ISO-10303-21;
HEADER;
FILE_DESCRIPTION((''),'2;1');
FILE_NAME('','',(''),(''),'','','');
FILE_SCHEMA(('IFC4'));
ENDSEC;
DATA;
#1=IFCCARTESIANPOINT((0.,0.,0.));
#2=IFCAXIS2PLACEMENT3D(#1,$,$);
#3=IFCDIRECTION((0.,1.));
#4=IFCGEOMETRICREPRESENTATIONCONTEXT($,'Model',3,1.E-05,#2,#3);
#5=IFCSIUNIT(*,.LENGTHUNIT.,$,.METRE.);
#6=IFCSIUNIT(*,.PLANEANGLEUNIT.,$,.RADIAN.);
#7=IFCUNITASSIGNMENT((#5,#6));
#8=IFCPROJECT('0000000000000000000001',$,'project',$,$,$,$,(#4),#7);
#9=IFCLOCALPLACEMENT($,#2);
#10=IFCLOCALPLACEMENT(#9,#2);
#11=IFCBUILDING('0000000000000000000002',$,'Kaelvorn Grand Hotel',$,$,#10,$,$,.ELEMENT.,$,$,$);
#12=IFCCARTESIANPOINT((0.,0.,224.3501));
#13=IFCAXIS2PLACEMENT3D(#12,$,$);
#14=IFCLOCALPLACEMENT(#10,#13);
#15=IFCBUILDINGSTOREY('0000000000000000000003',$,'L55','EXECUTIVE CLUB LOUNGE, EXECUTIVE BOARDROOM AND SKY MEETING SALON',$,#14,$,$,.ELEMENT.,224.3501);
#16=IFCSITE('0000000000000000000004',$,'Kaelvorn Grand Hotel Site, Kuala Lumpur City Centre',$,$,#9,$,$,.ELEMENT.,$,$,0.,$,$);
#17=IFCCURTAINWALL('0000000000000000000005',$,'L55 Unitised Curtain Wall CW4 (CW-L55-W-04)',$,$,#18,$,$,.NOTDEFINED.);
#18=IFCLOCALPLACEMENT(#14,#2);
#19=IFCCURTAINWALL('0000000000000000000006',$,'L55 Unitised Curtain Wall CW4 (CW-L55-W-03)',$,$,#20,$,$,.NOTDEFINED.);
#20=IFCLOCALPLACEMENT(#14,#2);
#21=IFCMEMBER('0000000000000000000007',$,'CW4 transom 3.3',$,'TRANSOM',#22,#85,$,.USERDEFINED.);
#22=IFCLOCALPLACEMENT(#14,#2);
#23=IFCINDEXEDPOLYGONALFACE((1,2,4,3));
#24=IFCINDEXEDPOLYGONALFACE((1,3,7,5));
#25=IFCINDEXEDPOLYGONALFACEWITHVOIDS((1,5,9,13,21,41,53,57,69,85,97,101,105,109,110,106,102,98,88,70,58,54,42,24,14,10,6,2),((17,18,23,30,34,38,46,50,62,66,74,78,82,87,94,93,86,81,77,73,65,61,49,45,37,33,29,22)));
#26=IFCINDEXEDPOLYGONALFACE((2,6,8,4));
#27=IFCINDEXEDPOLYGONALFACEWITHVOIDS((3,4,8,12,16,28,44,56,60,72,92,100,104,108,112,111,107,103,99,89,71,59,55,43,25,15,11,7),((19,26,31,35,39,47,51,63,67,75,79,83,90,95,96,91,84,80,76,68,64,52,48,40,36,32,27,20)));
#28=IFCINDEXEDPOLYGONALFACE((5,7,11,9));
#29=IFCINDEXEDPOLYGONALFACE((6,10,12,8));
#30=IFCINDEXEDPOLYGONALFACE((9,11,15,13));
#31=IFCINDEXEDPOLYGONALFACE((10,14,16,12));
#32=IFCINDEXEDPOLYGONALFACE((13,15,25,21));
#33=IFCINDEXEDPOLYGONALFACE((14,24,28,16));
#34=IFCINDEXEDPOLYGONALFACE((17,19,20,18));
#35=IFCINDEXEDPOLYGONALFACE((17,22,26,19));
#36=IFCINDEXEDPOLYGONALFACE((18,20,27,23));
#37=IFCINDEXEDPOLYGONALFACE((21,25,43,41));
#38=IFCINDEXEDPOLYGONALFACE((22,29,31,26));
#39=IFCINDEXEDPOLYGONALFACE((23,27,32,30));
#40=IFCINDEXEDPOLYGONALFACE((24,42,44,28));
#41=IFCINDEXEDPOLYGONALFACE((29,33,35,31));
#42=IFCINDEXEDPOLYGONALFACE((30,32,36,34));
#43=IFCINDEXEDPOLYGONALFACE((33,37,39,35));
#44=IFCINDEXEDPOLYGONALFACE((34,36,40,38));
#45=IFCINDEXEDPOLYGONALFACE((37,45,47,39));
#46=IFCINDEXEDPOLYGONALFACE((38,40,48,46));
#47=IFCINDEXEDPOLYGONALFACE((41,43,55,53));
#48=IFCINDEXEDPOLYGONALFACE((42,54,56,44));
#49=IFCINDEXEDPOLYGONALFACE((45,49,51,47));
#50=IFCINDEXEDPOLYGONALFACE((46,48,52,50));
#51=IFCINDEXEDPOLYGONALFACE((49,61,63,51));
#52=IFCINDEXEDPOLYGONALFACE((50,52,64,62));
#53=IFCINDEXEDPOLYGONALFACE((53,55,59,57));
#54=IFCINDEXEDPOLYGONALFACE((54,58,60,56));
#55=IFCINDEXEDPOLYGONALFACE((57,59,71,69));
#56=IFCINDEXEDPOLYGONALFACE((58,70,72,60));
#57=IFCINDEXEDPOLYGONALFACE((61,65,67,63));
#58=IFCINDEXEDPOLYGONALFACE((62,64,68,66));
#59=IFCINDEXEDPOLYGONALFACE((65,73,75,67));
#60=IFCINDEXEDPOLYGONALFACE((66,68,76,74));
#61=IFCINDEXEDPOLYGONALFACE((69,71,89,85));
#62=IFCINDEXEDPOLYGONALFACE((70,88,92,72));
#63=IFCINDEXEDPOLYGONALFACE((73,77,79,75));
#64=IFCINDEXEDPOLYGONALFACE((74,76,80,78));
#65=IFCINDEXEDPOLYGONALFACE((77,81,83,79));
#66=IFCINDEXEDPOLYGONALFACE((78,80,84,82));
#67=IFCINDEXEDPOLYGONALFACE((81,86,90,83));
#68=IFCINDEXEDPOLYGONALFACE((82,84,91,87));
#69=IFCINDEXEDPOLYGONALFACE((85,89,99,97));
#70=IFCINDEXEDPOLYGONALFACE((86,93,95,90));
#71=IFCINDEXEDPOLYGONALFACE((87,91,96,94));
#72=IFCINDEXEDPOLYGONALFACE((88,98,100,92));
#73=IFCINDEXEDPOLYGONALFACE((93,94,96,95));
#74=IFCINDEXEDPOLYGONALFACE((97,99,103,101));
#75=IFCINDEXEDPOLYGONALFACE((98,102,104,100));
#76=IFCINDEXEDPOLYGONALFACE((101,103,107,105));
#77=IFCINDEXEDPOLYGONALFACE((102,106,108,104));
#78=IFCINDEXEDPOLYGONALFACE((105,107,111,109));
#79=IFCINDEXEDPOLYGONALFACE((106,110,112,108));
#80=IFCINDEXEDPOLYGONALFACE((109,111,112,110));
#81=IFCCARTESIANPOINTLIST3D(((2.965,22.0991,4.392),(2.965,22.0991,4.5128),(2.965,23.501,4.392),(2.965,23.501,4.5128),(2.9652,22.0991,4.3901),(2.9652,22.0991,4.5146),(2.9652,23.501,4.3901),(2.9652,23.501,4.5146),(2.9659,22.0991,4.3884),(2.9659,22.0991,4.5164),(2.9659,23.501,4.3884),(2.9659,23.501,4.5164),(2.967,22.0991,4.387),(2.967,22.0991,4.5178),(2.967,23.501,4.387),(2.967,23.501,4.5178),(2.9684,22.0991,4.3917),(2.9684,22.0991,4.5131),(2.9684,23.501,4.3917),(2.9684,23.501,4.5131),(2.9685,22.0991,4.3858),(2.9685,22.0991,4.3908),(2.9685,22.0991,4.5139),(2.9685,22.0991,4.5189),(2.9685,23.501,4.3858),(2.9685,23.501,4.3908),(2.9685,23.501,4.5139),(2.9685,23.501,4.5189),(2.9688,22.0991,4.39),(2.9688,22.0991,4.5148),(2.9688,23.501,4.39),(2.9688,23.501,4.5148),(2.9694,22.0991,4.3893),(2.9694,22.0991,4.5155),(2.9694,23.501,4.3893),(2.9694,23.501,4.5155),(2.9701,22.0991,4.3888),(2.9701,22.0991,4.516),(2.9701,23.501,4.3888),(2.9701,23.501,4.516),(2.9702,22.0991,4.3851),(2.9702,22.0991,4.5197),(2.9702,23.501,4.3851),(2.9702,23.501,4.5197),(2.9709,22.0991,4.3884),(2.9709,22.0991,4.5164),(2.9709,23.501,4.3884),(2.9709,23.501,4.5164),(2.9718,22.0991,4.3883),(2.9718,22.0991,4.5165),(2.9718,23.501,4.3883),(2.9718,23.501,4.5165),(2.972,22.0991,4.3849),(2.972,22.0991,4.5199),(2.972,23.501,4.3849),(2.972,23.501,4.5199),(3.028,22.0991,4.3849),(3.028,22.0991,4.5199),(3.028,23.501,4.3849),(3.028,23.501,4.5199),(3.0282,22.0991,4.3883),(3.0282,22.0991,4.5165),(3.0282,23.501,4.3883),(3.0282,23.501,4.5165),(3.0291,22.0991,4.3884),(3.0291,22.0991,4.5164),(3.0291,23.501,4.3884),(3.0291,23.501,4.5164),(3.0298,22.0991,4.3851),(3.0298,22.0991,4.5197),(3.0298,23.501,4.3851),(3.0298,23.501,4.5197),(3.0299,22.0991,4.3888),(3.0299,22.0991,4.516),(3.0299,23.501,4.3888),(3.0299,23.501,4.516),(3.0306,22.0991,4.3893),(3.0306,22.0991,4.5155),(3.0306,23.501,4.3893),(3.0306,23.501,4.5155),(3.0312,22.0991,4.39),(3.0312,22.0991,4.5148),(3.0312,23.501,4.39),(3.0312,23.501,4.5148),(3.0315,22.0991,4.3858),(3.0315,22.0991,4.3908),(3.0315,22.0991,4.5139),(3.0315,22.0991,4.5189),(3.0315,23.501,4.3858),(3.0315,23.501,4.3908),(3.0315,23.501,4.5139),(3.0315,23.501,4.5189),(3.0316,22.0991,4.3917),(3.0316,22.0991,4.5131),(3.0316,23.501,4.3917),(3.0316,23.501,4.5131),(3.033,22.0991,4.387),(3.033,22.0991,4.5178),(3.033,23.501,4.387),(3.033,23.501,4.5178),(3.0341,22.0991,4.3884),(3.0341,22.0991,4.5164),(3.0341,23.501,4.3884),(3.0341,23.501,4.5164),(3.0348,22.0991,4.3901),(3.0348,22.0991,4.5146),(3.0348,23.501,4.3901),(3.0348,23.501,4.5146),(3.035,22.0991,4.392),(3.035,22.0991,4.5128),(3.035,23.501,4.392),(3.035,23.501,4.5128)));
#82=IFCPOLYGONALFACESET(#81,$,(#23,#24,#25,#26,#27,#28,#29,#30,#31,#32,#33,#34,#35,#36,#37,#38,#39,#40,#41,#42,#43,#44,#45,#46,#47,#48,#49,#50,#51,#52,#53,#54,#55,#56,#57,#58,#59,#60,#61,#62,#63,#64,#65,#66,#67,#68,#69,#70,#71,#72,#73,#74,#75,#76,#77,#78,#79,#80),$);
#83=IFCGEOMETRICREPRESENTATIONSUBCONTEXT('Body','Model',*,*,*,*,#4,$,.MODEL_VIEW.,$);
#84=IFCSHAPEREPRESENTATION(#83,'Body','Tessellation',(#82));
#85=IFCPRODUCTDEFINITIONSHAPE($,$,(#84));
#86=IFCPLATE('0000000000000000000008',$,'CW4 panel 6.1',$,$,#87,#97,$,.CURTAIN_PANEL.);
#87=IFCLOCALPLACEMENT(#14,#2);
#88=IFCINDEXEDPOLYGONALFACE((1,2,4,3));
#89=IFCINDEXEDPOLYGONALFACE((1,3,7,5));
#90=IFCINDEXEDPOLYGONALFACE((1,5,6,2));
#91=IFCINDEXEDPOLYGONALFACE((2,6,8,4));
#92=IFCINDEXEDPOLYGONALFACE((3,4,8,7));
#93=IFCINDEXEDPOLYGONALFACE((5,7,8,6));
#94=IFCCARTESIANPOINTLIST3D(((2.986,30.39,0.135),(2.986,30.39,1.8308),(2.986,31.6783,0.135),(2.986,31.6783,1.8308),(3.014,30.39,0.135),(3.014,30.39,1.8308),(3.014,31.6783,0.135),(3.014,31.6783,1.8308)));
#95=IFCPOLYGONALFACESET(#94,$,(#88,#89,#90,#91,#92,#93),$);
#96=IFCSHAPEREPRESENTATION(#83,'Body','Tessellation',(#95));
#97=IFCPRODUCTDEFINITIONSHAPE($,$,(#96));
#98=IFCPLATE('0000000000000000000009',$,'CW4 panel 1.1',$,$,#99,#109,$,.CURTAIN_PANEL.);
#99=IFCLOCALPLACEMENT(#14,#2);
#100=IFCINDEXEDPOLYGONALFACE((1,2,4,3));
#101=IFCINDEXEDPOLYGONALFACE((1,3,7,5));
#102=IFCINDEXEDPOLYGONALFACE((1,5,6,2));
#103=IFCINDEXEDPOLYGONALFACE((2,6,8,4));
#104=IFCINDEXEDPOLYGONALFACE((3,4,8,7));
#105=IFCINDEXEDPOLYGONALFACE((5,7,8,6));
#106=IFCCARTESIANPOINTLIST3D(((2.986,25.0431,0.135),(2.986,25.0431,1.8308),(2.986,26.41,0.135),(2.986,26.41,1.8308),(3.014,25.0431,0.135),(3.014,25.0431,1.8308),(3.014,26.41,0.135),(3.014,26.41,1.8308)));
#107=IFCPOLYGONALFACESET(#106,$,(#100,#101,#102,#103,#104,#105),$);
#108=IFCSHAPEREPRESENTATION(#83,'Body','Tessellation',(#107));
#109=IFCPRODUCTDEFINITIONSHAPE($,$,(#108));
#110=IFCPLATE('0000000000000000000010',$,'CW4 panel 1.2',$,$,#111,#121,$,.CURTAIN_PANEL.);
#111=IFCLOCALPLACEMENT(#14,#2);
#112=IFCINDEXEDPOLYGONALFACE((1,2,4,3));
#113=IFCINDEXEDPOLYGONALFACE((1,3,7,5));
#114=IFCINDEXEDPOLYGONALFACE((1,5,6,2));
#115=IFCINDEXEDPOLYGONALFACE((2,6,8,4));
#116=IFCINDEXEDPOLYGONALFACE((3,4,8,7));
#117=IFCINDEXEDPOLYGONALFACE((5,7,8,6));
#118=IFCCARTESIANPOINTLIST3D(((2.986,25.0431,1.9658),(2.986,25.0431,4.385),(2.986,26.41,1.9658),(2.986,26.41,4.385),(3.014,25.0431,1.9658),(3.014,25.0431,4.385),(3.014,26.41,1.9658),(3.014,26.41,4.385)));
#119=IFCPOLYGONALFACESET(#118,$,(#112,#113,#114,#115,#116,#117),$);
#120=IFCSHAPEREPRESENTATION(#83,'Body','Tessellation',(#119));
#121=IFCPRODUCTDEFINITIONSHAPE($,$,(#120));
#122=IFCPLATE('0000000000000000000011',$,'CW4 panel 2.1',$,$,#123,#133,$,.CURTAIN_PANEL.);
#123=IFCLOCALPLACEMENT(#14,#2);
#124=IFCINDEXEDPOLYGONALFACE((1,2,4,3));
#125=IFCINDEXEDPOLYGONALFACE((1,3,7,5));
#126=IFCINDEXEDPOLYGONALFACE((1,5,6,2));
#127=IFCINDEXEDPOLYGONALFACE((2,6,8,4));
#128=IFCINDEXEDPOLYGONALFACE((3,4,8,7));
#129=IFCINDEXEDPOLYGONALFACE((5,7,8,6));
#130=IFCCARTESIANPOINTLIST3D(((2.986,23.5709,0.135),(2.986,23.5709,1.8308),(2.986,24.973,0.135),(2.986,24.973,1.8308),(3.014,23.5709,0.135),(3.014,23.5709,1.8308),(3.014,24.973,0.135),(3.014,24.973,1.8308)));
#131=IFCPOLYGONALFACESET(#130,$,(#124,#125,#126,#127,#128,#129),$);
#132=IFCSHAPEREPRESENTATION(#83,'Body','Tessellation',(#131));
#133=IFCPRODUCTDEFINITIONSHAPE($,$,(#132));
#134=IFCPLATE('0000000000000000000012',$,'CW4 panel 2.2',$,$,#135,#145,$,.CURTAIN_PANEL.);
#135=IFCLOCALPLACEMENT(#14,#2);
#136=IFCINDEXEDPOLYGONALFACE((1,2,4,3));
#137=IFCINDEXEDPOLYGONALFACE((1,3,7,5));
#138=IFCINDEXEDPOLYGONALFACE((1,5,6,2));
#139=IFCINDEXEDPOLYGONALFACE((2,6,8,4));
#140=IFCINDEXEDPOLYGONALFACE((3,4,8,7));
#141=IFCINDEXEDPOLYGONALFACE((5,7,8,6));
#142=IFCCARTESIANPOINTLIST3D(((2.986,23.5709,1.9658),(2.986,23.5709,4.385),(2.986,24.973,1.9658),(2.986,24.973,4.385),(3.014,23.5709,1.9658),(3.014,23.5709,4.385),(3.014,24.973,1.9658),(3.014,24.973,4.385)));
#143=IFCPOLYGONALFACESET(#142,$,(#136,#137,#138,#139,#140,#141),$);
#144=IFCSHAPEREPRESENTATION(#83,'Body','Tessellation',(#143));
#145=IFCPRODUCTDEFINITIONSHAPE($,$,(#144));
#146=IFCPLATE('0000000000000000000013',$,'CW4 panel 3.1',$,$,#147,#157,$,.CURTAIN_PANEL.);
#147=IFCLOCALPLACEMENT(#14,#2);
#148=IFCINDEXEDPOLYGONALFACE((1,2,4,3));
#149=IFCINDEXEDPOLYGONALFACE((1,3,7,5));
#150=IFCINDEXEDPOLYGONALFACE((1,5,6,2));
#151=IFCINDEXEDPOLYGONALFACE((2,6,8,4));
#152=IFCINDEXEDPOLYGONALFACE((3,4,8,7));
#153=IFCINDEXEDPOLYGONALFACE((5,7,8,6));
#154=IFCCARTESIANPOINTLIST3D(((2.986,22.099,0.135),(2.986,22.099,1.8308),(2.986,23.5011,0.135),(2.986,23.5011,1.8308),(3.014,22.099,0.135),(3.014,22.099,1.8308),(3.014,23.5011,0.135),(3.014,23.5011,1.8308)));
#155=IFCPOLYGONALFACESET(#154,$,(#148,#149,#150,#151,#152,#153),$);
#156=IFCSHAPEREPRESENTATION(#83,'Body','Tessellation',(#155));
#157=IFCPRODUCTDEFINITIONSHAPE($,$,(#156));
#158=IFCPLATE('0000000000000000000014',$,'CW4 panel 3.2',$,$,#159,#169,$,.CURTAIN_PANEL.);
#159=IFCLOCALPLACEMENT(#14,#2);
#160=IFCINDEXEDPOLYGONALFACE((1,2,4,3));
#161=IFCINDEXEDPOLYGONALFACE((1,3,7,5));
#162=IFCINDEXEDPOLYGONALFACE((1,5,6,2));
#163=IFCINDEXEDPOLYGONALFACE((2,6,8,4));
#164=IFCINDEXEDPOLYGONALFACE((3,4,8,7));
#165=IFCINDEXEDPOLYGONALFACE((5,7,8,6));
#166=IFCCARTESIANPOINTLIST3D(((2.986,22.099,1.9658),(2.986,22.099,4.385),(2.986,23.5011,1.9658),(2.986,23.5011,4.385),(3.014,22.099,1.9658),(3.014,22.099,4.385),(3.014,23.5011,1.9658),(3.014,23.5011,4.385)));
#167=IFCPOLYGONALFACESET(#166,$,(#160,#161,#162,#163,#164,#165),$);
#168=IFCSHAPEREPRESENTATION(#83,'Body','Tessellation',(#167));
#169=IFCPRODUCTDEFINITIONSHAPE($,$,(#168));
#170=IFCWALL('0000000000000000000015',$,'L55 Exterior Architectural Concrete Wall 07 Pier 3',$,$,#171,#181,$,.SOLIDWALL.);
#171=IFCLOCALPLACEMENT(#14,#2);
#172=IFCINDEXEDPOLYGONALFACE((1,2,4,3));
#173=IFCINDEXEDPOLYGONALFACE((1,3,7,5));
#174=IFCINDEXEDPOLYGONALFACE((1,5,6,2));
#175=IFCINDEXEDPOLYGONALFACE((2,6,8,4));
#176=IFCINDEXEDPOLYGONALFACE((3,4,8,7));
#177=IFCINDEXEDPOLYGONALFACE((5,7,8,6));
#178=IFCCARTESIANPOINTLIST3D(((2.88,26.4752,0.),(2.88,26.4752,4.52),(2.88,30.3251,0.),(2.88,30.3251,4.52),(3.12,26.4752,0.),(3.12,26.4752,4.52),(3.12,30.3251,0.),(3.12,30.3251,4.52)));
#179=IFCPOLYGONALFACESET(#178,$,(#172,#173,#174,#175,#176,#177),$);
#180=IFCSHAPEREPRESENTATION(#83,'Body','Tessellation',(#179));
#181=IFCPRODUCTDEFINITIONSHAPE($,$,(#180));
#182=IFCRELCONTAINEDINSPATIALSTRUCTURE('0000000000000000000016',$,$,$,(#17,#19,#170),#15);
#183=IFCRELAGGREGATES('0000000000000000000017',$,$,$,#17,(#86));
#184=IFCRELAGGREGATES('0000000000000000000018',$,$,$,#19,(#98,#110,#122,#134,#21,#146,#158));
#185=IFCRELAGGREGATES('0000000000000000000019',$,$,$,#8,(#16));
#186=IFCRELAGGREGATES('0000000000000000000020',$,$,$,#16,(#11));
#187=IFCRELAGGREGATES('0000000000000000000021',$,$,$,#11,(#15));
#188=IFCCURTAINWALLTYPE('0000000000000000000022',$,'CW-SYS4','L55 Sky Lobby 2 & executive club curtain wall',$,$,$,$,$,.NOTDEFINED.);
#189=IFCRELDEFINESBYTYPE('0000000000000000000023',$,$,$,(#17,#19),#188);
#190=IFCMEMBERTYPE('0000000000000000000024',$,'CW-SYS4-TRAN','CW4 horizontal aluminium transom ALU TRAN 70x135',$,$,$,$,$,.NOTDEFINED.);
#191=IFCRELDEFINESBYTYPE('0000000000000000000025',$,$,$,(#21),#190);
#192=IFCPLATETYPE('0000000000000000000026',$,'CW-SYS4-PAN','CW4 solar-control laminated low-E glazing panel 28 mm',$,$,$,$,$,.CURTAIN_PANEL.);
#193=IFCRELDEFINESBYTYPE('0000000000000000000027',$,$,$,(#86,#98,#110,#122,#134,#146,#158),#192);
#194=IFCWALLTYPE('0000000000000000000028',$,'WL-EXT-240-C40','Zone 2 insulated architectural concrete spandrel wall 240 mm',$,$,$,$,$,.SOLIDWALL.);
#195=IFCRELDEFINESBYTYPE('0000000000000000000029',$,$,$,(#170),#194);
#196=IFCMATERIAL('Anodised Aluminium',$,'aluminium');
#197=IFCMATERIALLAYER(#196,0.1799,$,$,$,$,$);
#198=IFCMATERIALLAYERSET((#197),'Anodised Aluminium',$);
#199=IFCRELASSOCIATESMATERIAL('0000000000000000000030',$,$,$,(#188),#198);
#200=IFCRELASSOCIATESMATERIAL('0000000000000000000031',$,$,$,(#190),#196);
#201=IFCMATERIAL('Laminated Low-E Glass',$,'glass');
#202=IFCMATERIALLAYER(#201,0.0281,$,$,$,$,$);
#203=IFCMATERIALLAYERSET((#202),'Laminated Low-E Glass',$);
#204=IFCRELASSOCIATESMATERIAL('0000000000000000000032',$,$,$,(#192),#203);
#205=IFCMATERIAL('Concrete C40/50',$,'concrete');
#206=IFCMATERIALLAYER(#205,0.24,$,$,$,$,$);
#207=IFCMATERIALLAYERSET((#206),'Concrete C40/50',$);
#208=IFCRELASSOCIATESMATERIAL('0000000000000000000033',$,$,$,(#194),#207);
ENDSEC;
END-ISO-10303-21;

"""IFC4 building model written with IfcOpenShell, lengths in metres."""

from ifc_helpers import new_model, si_unit, direction, frame, frame_2d, origin, origin_2d, place, context, subcontext, project, spatial, rectangle, hollow_rectangle, extrude, material, layer, layer_set, material_profile, profile_set, type_object, element, aggregate, save


model = new_model("IFC4")

# Units and contexts
model_context = context("Model", 3, precision=1e-05, world=origin(), true_north=direction((0.0, 1.0)))
body_context = subcontext(model_context, "Body", "Model", "MODEL_VIEW")
ifc_project = project(units=[si_unit("LENGTHUNIT", "METRE"), si_unit("PLANEANGLEUNIT", "RADIAN")], contexts=[model_context])

# Site, building, storey
site_placement = place(None, origin())
site = spatial("IfcSite", under=ifc_project, at=site_placement, Name="Kaelvorn Grand Hotel Site, Kuala Lumpur City Centre", CompositionType="ELEMENT", RefElevation=0.0)
building_placement = place(site_placement, origin())
building = spatial("IfcBuilding", under=site, at=building_placement, Name="Kaelvorn Grand Hotel", CompositionType="ELEMENT")
storey_placement = place(building_placement, frame((0.0, 0.0, 224.3501)))
storey = spatial("IfcBuildingStorey", under=building, at=storey_placement, Name="L55", Description="EXECUTIVE CLUB LOUNGE, EXECUTIVE BOARDROOM AND SKY MEETING SALON", CompositionType="ELEMENT", Elevation=224.3501)

# Curtain wall
ifc_material_1 = material(Name="Anodised Aluminium", Category="aluminium")
ifc_layer_1 = layer(ifc_material_1, 0.1799)
ifc_layer_set_1 = layer_set([ifc_layer_1], Name="Anodised Aluminium")
curtain_wall_type = type_object("IfcCurtainWallType", Name="CW-SYS4", Description="L55 Sky Lobby 2 & executive club curtain wall", PredefinedType="NOTDEFINED", material=ifc_layer_set_1)
curtain_wall_1_placement = place(storey_placement, origin())
curtain_wall_1 = element("IfcCurtainWall", 1, at=curtain_wall_1_placement, inside=storey, type_object=curtain_wall_type, Name="L55 Unitised Curtain Wall CW4 (CW-L55-W-04)", PredefinedType="NOTDEFINED")

# Curtain wall, member
curtain_wall_2_placement = place(storey_placement, origin())
curtain_wall_2 = element("IfcCurtainWall", 2, at=curtain_wall_2_placement, inside=storey, type_object=curtain_wall_type, Name="L55 Unitised Curtain Wall CW4 (CW-L55-W-03)", PredefinedType="NOTDEFINED")
ifc_material_profile_1 = material_profile(ifc_material_1, hollow_rectangle(XDim=0.0701, YDim=0.135, WallThickness=0.0034, InnerFilletRadius=0.0034, OuterFilletRadius=0.0071, at=origin_2d()), Name="ALU TRAN 70x135")
ifc_profile_set_1 = profile_set([ifc_material_profile_1], Name="Anodised Aluminium")
member_type_1 = type_object("IfcMemberType", Name="CW-SYS4-TRAN", Description="CW4 horizontal aluminium transom ALU TRAN 70x135", PredefinedType="NOTDEFINED", material=ifc_profile_set_1)
member_1_placement = place(storey_placement, frame((3.0, 23.501, 4.4524), z_axis=(0.0, -1.0, 0.0), x_axis=(1.0, 0.0, 0.0)))
member_1 = element("IfcMember", 3, at=member_1_placement, type_object=member_type_1, Name="CW4 transom 3.3", ObjectType="TRANSOM", PredefinedType="USERDEFINED", context=body_context, shape_type="SweptSolid", body=[
    extrude(hollow_rectangle(XDim=0.0701, YDim=0.135, WallThickness=0.0034, InnerFilletRadius=0.0034, OuterFilletRadius=0.0071, at=origin_2d()), origin(), (0.0, 0.0, 1.0), 1.4019),
])

# Plates
ifc_material_2 = material(Name="Laminated Low-E Glass", Category="glass")
ifc_layer_2 = layer(ifc_material_2, 0.0281)
ifc_layer_set_2 = layer_set([ifc_layer_2], Name="Laminated Low-E Glass")
plate_type = type_object("IfcPlateType", Name="CW-SYS4-PAN", Description="CW4 solar-control laminated low-E glazing panel 28 mm", PredefinedType="CURTAIN_PANEL", material=ifc_layer_set_2)
plate_1_placement = place(storey_placement, frame((3.0, 31.0342, 0.135), z_axis=(0.0, 0.0, 1.0), x_axis=(0.0, -1.0, 0.0)))
plate_1 = element("IfcPlate", 4, at=plate_1_placement, type_object=plate_type, Name="CW4 panel 6.1", PredefinedType="CURTAIN_PANEL", context=body_context, shape_type="SweptSolid", body=[
    extrude(rectangle(XDim=1.2883, YDim=0.0281, at=origin_2d()), origin(), (0.0, 0.0, 1.0), 1.6958),
])
aggregate(curtain_wall_1, [plate_1])
plate_2_placement = place(storey_placement, frame((3.0, 25.7266, 0.135), z_axis=(0.0, 0.0, 1.0), x_axis=(0.0, -1.0, 0.0)))
plate_2 = element("IfcPlate", 5, at=plate_2_placement, type_object=plate_type, Name="CW4 panel 1.1", PredefinedType="CURTAIN_PANEL", context=body_context, shape_type="SweptSolid", body=[
    extrude(rectangle(XDim=1.3669, YDim=0.0281, at=origin_2d()), origin(), (0.0, 0.0, 1.0), 1.6958),
])
plate_3_placement = place(storey_placement, frame((3.0, 25.7266, 1.9658), z_axis=(0.0, 0.0, 1.0), x_axis=(0.0, -1.0, 0.0)))
plate_3 = element("IfcPlate", 6, at=plate_3_placement, type_object=plate_type, Name="CW4 panel 1.2", PredefinedType="CURTAIN_PANEL", context=body_context, shape_type="SweptSolid", body=[
    extrude(rectangle(XDim=1.3669, YDim=0.0281, at=origin_2d()), origin(), (0.0, 0.0, 1.0), 2.4192),
])
plate_4_placement = place(storey_placement, frame((3.0, 24.272, 0.135), z_axis=(0.0, 0.0, 1.0), x_axis=(0.0, -1.0, 0.0)))
plate_4 = element("IfcPlate", 7, at=plate_4_placement, type_object=plate_type, Name="CW4 panel 2.1", PredefinedType="CURTAIN_PANEL", context=body_context, shape_type="SweptSolid", body=[
    extrude(rectangle(XDim=1.4021, YDim=0.0281, at=origin_2d()), origin(), (0.0, 0.0, 1.0), 1.6958),
])
plate_5_placement = place(storey_placement, frame((3.0, 24.272, 1.9658), z_axis=(0.0, 0.0, 1.0), x_axis=(0.0, -1.0, 0.0)))
plate_5 = element("IfcPlate", 8, at=plate_5_placement, type_object=plate_type, Name="CW4 panel 2.2", PredefinedType="CURTAIN_PANEL", context=body_context, shape_type="SweptSolid", body=[
    extrude(rectangle(XDim=1.4021, YDim=0.0281, at=origin_2d()), origin(), (0.0, 0.0, 1.0), 2.4192),
])
plate_6_placement = place(storey_placement, frame((3.0, 22.8, 0.135), z_axis=(0.0, 0.0, 1.0), x_axis=(0.0, -1.0, 0.0)))
plate_6 = element("IfcPlate", 9, at=plate_6_placement, type_object=plate_type, Name="CW4 panel 3.1", PredefinedType="CURTAIN_PANEL", context=body_context, shape_type="SweptSolid", body=[
    extrude(rectangle(XDim=1.4021, YDim=0.0281, at=origin_2d()), origin(), (0.0, 0.0, 1.0), 1.6958),
])
plate_7_placement = place(storey_placement, frame((3.0, 22.8, 1.9658), z_axis=(0.0, 0.0, 1.0), x_axis=(0.0, -1.0, 0.0)))
plate_7 = element("IfcPlate", 10, at=plate_7_placement, type_object=plate_type, Name="CW4 panel 3.2", PredefinedType="CURTAIN_PANEL", context=body_context, shape_type="SweptSolid", body=[
    extrude(rectangle(XDim=1.4021, YDim=0.0281, at=origin_2d()), origin(), (0.0, 0.0, 1.0), 2.4192),
])
aggregate(curtain_wall_2, [plate_2, plate_3, plate_4, plate_5, member_1, plate_6, plate_7])

# Wall
ifc_material_3 = material(Name="Concrete C40/50", Category="concrete")
ifc_layer_3 = layer(ifc_material_3, 0.24)
ifc_layer_set_3 = layer_set([ifc_layer_3], Name="Concrete C40/50")
wall_type = type_object("IfcWallType", Name="WL-EXT-240-C40", Description="Zone 2 insulated architectural concrete spandrel wall 240 mm", PredefinedType="SOLIDWALL", material=ifc_layer_set_3)
wall_placement = place(storey_placement, frame((3.0, 30.325, 0.0), z_axis=(0.0, 0.0, 1.0), x_axis=(0.0, -1.0, 0.0)))
element("IfcWall", 11, at=wall_placement, inside=storey, type_object=wall_type, Name="L55 Exterior Architectural Concrete Wall 07 Pier 3", PredefinedType="SOLIDWALL", context=body_context, shape_type="SweptSolid", body=[
    extrude(rectangle(XDim=3.8499, YDim=0.24, at=frame_2d((1.9248, 0.0))), origin(), (0.0, 0.0, 1.0), 4.52),
])

save(model, "model.ifc")
